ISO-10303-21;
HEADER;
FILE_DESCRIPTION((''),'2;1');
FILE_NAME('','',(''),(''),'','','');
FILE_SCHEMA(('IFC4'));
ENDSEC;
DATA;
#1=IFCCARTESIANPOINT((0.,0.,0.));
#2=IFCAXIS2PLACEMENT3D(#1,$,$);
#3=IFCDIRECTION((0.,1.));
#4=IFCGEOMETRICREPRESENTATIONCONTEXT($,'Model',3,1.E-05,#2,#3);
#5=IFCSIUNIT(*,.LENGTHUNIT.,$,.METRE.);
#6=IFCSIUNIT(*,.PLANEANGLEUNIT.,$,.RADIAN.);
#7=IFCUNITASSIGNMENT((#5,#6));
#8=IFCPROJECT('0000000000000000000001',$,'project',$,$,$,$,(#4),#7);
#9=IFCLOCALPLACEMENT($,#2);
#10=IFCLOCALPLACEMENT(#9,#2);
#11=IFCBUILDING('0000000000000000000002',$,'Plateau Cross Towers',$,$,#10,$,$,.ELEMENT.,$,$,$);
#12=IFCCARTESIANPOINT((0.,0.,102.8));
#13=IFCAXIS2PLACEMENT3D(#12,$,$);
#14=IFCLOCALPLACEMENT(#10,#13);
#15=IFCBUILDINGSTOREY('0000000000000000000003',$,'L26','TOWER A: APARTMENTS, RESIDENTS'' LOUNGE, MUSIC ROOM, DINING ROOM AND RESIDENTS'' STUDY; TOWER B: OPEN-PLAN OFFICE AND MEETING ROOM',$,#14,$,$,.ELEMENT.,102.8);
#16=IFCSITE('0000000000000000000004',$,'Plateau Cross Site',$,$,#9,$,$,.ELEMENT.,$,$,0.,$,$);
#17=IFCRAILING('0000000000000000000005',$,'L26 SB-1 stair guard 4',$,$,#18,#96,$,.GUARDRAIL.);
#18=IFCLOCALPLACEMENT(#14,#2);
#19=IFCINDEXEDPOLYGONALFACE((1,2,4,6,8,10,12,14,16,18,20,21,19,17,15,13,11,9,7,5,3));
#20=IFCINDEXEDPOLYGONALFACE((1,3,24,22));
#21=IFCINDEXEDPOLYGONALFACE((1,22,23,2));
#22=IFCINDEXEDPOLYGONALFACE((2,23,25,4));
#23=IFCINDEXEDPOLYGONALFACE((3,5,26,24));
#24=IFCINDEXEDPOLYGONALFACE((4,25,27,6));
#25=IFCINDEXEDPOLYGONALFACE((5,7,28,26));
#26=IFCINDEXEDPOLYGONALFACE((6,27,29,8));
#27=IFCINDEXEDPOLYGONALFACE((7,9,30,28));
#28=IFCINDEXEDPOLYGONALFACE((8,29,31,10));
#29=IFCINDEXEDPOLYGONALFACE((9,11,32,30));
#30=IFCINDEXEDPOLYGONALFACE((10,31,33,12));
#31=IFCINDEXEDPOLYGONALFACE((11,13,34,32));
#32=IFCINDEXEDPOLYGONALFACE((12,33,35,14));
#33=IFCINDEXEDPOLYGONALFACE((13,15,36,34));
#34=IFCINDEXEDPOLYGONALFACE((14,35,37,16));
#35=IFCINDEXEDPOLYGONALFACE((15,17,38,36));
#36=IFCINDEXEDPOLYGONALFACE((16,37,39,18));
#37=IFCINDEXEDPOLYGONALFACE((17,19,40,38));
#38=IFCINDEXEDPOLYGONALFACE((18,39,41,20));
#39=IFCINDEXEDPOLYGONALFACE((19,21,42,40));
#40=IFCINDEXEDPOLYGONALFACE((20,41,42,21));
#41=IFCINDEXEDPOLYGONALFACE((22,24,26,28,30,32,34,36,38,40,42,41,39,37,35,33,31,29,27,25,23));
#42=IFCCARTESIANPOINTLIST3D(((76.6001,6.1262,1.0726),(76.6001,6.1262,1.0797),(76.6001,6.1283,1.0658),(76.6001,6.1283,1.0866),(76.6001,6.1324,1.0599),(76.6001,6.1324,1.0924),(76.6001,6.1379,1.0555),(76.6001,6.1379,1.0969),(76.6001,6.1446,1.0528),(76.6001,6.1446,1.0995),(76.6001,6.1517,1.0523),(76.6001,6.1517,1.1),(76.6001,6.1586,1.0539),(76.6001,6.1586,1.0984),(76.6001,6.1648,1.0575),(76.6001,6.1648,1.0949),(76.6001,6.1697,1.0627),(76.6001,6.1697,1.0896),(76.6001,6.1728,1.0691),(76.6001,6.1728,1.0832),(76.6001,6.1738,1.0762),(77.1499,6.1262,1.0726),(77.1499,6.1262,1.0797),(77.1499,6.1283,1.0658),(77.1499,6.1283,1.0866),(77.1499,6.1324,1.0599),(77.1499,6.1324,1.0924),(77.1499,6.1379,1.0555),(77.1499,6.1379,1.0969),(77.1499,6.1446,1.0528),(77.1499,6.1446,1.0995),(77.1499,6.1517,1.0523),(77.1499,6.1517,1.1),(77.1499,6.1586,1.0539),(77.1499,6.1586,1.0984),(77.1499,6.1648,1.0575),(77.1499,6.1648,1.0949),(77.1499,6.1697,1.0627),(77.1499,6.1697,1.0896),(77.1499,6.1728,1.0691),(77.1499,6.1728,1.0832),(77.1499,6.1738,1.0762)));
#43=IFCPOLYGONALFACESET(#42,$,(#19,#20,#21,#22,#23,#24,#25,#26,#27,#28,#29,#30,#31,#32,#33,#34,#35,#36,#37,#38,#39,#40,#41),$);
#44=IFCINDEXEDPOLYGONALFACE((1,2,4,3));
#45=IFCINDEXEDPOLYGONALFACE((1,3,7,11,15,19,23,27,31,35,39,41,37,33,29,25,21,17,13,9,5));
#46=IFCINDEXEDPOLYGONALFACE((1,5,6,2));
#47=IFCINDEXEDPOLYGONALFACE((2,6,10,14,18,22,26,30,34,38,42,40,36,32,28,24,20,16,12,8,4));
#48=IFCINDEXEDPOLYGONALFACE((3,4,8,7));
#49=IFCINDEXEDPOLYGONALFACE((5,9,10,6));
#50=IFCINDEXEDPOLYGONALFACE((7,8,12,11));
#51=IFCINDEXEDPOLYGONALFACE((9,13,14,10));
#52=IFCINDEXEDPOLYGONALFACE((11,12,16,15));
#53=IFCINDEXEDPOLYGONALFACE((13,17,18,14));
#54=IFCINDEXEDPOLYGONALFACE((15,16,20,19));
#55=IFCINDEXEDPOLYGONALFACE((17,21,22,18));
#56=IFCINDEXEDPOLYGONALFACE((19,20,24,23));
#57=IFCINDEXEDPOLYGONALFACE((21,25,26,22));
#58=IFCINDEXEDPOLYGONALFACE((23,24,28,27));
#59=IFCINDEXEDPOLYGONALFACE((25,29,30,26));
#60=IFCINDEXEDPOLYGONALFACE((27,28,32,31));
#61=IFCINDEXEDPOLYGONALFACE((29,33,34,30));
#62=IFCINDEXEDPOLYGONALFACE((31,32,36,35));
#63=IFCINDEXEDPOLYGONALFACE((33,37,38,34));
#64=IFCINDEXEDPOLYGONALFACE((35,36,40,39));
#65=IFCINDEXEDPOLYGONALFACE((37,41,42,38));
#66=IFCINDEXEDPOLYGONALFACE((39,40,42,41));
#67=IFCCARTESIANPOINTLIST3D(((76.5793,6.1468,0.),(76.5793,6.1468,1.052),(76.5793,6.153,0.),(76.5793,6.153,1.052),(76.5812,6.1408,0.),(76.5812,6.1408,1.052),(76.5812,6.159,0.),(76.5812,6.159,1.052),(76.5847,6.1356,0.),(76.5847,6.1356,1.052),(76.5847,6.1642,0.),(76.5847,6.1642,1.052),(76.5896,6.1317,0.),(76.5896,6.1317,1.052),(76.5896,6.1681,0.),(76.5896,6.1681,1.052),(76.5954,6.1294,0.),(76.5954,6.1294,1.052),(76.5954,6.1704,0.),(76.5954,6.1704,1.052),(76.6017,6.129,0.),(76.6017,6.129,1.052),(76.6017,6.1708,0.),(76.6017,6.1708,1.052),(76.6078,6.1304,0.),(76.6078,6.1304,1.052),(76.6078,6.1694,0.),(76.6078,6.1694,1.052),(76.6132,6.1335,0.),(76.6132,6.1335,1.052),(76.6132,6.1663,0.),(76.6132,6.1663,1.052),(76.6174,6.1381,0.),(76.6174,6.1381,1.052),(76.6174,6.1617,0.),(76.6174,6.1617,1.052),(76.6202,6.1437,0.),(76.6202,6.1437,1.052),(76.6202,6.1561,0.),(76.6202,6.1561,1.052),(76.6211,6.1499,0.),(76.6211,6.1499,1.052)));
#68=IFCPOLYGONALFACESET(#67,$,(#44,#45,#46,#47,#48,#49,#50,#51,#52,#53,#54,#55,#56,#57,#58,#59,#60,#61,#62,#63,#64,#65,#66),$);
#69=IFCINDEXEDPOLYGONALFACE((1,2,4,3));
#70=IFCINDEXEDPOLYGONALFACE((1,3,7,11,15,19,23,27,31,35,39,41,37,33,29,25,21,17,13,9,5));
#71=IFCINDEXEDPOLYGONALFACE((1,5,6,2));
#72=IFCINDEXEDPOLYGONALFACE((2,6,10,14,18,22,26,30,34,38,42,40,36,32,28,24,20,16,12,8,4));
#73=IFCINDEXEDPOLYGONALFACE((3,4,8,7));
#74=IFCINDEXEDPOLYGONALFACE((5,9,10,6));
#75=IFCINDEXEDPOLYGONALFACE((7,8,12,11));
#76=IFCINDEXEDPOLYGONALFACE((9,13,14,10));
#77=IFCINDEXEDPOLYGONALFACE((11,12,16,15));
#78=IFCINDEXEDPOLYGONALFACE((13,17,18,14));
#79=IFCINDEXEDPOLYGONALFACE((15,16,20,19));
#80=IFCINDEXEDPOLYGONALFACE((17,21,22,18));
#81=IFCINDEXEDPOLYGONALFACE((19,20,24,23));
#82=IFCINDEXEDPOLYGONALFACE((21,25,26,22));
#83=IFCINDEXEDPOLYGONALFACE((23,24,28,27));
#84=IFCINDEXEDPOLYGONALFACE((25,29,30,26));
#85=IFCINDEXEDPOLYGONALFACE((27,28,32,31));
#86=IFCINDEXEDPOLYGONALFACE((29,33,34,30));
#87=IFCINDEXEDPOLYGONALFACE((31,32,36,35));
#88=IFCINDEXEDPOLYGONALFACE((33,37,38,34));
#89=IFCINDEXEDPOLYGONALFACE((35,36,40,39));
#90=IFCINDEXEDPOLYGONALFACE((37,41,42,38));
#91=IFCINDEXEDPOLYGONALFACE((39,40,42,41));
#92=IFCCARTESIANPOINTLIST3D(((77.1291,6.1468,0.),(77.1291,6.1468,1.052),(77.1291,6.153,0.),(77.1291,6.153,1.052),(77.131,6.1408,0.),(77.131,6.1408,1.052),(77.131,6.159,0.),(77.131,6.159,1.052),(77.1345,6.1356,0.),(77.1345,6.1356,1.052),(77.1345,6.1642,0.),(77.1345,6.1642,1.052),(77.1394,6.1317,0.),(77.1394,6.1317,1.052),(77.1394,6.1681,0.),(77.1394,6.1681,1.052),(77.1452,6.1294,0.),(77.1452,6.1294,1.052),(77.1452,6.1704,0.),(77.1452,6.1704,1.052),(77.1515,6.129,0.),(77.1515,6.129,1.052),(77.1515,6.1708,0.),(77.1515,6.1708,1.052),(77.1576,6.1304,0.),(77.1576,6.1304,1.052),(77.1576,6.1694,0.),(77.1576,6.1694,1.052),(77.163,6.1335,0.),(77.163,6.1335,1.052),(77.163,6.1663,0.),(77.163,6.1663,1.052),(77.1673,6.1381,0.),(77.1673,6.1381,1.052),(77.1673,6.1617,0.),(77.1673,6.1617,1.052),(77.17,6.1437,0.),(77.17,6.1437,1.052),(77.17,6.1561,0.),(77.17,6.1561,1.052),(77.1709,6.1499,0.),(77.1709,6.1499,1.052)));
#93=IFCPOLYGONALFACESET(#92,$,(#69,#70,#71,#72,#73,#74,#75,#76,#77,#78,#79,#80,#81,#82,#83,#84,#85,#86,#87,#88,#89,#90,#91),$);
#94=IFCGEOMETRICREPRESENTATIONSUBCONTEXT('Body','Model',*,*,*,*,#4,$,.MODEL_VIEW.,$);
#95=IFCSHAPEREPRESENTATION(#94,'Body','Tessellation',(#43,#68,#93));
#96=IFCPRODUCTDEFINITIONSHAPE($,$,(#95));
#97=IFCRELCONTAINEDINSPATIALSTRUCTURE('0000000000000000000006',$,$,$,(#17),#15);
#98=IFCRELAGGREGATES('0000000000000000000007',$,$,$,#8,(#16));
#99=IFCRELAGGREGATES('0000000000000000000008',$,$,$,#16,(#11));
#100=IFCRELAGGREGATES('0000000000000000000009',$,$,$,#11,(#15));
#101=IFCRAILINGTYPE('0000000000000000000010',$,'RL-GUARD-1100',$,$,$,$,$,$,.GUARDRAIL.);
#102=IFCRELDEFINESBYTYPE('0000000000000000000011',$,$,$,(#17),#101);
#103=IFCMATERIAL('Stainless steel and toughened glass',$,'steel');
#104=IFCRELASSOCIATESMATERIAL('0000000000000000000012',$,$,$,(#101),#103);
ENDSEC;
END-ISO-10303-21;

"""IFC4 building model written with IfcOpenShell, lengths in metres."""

from ifc_helpers import new_model, si_unit, direction, frame, origin, origin_2d, place, context, subcontext, project, spatial, circle, extrude, material, type_object, element, save


model = new_model("IFC4")

# Units and contexts
model_context = context("Model", 3, precision=1e-05, world=origin(), true_north=direction((0.0, 1.0)))
body_context = subcontext(model_context, "Body", "Model", "MODEL_VIEW")
ifc_project = project(units=[si_unit("LENGTHUNIT", "METRE"), si_unit("PLANEANGLEUNIT", "RADIAN")], contexts=[model_context])

# Site, building, storey
site_placement = place(None, origin())
site = spatial("IfcSite", under=ifc_project, at=site_placement, Name="Plateau Cross Site", CompositionType="ELEMENT", RefElevation=0.0)
building_placement = place(site_placement, origin())
building = spatial("IfcBuilding", under=site, at=building_placement, Name="Plateau Cross Towers", CompositionType="ELEMENT")
storey_placement = place(building_placement, frame((0.0, 0.0, 102.8)))
storey = spatial("IfcBuildingStorey", under=building, at=storey_placement, Name="L26", Description="TOWER A: APARTMENTS, RESIDENTS' LOUNGE, MUSIC ROOM, DINING ROOM AND RESIDENTS' STUDY; TOWER B: OPEN-PLAN OFFICE AND MEETING ROOM", CompositionType="ELEMENT", Elevation=102.8)

# Railing
ifc_material_1 = material(Name="Stainless steel and toughened glass", Category="steel")
railing_type = type_object("IfcRailingType", Name="RL-GUARD-1100", PredefinedType="GUARDRAIL", material=ifc_material_1)
railing_1_placement = place(storey_placement, frame((76.6001, 6.1499, 0.0)))
element("IfcRailing", 1, at=railing_1_placement, inside=storey, type_object=railing_type, Name="L26 SB-1 stair guard 4", PredefinedType="GUARDRAIL", context=body_context, shape_type="SweptSolid", body=[
    extrude(circle(Radius=0.0239, at=origin_2d()), frame((0.0, 0.0, 1.0762), z_axis=(1.0, 0.0, 0.0), x_axis=(0.0, 1.0, 0.0)), (0.0, 0.0, 1.0), 0.5498),
    extrude(circle(Radius=0.021, at=origin_2d()), origin(), (0.0, 0.0, 1.0), 1.052),
    extrude(circle(Radius=0.021, at=origin_2d()), frame((0.5498, 0.0, 0.0)), (0.0, 0.0, 1.0), 1.052),
])

save(model, "model.ifc")
